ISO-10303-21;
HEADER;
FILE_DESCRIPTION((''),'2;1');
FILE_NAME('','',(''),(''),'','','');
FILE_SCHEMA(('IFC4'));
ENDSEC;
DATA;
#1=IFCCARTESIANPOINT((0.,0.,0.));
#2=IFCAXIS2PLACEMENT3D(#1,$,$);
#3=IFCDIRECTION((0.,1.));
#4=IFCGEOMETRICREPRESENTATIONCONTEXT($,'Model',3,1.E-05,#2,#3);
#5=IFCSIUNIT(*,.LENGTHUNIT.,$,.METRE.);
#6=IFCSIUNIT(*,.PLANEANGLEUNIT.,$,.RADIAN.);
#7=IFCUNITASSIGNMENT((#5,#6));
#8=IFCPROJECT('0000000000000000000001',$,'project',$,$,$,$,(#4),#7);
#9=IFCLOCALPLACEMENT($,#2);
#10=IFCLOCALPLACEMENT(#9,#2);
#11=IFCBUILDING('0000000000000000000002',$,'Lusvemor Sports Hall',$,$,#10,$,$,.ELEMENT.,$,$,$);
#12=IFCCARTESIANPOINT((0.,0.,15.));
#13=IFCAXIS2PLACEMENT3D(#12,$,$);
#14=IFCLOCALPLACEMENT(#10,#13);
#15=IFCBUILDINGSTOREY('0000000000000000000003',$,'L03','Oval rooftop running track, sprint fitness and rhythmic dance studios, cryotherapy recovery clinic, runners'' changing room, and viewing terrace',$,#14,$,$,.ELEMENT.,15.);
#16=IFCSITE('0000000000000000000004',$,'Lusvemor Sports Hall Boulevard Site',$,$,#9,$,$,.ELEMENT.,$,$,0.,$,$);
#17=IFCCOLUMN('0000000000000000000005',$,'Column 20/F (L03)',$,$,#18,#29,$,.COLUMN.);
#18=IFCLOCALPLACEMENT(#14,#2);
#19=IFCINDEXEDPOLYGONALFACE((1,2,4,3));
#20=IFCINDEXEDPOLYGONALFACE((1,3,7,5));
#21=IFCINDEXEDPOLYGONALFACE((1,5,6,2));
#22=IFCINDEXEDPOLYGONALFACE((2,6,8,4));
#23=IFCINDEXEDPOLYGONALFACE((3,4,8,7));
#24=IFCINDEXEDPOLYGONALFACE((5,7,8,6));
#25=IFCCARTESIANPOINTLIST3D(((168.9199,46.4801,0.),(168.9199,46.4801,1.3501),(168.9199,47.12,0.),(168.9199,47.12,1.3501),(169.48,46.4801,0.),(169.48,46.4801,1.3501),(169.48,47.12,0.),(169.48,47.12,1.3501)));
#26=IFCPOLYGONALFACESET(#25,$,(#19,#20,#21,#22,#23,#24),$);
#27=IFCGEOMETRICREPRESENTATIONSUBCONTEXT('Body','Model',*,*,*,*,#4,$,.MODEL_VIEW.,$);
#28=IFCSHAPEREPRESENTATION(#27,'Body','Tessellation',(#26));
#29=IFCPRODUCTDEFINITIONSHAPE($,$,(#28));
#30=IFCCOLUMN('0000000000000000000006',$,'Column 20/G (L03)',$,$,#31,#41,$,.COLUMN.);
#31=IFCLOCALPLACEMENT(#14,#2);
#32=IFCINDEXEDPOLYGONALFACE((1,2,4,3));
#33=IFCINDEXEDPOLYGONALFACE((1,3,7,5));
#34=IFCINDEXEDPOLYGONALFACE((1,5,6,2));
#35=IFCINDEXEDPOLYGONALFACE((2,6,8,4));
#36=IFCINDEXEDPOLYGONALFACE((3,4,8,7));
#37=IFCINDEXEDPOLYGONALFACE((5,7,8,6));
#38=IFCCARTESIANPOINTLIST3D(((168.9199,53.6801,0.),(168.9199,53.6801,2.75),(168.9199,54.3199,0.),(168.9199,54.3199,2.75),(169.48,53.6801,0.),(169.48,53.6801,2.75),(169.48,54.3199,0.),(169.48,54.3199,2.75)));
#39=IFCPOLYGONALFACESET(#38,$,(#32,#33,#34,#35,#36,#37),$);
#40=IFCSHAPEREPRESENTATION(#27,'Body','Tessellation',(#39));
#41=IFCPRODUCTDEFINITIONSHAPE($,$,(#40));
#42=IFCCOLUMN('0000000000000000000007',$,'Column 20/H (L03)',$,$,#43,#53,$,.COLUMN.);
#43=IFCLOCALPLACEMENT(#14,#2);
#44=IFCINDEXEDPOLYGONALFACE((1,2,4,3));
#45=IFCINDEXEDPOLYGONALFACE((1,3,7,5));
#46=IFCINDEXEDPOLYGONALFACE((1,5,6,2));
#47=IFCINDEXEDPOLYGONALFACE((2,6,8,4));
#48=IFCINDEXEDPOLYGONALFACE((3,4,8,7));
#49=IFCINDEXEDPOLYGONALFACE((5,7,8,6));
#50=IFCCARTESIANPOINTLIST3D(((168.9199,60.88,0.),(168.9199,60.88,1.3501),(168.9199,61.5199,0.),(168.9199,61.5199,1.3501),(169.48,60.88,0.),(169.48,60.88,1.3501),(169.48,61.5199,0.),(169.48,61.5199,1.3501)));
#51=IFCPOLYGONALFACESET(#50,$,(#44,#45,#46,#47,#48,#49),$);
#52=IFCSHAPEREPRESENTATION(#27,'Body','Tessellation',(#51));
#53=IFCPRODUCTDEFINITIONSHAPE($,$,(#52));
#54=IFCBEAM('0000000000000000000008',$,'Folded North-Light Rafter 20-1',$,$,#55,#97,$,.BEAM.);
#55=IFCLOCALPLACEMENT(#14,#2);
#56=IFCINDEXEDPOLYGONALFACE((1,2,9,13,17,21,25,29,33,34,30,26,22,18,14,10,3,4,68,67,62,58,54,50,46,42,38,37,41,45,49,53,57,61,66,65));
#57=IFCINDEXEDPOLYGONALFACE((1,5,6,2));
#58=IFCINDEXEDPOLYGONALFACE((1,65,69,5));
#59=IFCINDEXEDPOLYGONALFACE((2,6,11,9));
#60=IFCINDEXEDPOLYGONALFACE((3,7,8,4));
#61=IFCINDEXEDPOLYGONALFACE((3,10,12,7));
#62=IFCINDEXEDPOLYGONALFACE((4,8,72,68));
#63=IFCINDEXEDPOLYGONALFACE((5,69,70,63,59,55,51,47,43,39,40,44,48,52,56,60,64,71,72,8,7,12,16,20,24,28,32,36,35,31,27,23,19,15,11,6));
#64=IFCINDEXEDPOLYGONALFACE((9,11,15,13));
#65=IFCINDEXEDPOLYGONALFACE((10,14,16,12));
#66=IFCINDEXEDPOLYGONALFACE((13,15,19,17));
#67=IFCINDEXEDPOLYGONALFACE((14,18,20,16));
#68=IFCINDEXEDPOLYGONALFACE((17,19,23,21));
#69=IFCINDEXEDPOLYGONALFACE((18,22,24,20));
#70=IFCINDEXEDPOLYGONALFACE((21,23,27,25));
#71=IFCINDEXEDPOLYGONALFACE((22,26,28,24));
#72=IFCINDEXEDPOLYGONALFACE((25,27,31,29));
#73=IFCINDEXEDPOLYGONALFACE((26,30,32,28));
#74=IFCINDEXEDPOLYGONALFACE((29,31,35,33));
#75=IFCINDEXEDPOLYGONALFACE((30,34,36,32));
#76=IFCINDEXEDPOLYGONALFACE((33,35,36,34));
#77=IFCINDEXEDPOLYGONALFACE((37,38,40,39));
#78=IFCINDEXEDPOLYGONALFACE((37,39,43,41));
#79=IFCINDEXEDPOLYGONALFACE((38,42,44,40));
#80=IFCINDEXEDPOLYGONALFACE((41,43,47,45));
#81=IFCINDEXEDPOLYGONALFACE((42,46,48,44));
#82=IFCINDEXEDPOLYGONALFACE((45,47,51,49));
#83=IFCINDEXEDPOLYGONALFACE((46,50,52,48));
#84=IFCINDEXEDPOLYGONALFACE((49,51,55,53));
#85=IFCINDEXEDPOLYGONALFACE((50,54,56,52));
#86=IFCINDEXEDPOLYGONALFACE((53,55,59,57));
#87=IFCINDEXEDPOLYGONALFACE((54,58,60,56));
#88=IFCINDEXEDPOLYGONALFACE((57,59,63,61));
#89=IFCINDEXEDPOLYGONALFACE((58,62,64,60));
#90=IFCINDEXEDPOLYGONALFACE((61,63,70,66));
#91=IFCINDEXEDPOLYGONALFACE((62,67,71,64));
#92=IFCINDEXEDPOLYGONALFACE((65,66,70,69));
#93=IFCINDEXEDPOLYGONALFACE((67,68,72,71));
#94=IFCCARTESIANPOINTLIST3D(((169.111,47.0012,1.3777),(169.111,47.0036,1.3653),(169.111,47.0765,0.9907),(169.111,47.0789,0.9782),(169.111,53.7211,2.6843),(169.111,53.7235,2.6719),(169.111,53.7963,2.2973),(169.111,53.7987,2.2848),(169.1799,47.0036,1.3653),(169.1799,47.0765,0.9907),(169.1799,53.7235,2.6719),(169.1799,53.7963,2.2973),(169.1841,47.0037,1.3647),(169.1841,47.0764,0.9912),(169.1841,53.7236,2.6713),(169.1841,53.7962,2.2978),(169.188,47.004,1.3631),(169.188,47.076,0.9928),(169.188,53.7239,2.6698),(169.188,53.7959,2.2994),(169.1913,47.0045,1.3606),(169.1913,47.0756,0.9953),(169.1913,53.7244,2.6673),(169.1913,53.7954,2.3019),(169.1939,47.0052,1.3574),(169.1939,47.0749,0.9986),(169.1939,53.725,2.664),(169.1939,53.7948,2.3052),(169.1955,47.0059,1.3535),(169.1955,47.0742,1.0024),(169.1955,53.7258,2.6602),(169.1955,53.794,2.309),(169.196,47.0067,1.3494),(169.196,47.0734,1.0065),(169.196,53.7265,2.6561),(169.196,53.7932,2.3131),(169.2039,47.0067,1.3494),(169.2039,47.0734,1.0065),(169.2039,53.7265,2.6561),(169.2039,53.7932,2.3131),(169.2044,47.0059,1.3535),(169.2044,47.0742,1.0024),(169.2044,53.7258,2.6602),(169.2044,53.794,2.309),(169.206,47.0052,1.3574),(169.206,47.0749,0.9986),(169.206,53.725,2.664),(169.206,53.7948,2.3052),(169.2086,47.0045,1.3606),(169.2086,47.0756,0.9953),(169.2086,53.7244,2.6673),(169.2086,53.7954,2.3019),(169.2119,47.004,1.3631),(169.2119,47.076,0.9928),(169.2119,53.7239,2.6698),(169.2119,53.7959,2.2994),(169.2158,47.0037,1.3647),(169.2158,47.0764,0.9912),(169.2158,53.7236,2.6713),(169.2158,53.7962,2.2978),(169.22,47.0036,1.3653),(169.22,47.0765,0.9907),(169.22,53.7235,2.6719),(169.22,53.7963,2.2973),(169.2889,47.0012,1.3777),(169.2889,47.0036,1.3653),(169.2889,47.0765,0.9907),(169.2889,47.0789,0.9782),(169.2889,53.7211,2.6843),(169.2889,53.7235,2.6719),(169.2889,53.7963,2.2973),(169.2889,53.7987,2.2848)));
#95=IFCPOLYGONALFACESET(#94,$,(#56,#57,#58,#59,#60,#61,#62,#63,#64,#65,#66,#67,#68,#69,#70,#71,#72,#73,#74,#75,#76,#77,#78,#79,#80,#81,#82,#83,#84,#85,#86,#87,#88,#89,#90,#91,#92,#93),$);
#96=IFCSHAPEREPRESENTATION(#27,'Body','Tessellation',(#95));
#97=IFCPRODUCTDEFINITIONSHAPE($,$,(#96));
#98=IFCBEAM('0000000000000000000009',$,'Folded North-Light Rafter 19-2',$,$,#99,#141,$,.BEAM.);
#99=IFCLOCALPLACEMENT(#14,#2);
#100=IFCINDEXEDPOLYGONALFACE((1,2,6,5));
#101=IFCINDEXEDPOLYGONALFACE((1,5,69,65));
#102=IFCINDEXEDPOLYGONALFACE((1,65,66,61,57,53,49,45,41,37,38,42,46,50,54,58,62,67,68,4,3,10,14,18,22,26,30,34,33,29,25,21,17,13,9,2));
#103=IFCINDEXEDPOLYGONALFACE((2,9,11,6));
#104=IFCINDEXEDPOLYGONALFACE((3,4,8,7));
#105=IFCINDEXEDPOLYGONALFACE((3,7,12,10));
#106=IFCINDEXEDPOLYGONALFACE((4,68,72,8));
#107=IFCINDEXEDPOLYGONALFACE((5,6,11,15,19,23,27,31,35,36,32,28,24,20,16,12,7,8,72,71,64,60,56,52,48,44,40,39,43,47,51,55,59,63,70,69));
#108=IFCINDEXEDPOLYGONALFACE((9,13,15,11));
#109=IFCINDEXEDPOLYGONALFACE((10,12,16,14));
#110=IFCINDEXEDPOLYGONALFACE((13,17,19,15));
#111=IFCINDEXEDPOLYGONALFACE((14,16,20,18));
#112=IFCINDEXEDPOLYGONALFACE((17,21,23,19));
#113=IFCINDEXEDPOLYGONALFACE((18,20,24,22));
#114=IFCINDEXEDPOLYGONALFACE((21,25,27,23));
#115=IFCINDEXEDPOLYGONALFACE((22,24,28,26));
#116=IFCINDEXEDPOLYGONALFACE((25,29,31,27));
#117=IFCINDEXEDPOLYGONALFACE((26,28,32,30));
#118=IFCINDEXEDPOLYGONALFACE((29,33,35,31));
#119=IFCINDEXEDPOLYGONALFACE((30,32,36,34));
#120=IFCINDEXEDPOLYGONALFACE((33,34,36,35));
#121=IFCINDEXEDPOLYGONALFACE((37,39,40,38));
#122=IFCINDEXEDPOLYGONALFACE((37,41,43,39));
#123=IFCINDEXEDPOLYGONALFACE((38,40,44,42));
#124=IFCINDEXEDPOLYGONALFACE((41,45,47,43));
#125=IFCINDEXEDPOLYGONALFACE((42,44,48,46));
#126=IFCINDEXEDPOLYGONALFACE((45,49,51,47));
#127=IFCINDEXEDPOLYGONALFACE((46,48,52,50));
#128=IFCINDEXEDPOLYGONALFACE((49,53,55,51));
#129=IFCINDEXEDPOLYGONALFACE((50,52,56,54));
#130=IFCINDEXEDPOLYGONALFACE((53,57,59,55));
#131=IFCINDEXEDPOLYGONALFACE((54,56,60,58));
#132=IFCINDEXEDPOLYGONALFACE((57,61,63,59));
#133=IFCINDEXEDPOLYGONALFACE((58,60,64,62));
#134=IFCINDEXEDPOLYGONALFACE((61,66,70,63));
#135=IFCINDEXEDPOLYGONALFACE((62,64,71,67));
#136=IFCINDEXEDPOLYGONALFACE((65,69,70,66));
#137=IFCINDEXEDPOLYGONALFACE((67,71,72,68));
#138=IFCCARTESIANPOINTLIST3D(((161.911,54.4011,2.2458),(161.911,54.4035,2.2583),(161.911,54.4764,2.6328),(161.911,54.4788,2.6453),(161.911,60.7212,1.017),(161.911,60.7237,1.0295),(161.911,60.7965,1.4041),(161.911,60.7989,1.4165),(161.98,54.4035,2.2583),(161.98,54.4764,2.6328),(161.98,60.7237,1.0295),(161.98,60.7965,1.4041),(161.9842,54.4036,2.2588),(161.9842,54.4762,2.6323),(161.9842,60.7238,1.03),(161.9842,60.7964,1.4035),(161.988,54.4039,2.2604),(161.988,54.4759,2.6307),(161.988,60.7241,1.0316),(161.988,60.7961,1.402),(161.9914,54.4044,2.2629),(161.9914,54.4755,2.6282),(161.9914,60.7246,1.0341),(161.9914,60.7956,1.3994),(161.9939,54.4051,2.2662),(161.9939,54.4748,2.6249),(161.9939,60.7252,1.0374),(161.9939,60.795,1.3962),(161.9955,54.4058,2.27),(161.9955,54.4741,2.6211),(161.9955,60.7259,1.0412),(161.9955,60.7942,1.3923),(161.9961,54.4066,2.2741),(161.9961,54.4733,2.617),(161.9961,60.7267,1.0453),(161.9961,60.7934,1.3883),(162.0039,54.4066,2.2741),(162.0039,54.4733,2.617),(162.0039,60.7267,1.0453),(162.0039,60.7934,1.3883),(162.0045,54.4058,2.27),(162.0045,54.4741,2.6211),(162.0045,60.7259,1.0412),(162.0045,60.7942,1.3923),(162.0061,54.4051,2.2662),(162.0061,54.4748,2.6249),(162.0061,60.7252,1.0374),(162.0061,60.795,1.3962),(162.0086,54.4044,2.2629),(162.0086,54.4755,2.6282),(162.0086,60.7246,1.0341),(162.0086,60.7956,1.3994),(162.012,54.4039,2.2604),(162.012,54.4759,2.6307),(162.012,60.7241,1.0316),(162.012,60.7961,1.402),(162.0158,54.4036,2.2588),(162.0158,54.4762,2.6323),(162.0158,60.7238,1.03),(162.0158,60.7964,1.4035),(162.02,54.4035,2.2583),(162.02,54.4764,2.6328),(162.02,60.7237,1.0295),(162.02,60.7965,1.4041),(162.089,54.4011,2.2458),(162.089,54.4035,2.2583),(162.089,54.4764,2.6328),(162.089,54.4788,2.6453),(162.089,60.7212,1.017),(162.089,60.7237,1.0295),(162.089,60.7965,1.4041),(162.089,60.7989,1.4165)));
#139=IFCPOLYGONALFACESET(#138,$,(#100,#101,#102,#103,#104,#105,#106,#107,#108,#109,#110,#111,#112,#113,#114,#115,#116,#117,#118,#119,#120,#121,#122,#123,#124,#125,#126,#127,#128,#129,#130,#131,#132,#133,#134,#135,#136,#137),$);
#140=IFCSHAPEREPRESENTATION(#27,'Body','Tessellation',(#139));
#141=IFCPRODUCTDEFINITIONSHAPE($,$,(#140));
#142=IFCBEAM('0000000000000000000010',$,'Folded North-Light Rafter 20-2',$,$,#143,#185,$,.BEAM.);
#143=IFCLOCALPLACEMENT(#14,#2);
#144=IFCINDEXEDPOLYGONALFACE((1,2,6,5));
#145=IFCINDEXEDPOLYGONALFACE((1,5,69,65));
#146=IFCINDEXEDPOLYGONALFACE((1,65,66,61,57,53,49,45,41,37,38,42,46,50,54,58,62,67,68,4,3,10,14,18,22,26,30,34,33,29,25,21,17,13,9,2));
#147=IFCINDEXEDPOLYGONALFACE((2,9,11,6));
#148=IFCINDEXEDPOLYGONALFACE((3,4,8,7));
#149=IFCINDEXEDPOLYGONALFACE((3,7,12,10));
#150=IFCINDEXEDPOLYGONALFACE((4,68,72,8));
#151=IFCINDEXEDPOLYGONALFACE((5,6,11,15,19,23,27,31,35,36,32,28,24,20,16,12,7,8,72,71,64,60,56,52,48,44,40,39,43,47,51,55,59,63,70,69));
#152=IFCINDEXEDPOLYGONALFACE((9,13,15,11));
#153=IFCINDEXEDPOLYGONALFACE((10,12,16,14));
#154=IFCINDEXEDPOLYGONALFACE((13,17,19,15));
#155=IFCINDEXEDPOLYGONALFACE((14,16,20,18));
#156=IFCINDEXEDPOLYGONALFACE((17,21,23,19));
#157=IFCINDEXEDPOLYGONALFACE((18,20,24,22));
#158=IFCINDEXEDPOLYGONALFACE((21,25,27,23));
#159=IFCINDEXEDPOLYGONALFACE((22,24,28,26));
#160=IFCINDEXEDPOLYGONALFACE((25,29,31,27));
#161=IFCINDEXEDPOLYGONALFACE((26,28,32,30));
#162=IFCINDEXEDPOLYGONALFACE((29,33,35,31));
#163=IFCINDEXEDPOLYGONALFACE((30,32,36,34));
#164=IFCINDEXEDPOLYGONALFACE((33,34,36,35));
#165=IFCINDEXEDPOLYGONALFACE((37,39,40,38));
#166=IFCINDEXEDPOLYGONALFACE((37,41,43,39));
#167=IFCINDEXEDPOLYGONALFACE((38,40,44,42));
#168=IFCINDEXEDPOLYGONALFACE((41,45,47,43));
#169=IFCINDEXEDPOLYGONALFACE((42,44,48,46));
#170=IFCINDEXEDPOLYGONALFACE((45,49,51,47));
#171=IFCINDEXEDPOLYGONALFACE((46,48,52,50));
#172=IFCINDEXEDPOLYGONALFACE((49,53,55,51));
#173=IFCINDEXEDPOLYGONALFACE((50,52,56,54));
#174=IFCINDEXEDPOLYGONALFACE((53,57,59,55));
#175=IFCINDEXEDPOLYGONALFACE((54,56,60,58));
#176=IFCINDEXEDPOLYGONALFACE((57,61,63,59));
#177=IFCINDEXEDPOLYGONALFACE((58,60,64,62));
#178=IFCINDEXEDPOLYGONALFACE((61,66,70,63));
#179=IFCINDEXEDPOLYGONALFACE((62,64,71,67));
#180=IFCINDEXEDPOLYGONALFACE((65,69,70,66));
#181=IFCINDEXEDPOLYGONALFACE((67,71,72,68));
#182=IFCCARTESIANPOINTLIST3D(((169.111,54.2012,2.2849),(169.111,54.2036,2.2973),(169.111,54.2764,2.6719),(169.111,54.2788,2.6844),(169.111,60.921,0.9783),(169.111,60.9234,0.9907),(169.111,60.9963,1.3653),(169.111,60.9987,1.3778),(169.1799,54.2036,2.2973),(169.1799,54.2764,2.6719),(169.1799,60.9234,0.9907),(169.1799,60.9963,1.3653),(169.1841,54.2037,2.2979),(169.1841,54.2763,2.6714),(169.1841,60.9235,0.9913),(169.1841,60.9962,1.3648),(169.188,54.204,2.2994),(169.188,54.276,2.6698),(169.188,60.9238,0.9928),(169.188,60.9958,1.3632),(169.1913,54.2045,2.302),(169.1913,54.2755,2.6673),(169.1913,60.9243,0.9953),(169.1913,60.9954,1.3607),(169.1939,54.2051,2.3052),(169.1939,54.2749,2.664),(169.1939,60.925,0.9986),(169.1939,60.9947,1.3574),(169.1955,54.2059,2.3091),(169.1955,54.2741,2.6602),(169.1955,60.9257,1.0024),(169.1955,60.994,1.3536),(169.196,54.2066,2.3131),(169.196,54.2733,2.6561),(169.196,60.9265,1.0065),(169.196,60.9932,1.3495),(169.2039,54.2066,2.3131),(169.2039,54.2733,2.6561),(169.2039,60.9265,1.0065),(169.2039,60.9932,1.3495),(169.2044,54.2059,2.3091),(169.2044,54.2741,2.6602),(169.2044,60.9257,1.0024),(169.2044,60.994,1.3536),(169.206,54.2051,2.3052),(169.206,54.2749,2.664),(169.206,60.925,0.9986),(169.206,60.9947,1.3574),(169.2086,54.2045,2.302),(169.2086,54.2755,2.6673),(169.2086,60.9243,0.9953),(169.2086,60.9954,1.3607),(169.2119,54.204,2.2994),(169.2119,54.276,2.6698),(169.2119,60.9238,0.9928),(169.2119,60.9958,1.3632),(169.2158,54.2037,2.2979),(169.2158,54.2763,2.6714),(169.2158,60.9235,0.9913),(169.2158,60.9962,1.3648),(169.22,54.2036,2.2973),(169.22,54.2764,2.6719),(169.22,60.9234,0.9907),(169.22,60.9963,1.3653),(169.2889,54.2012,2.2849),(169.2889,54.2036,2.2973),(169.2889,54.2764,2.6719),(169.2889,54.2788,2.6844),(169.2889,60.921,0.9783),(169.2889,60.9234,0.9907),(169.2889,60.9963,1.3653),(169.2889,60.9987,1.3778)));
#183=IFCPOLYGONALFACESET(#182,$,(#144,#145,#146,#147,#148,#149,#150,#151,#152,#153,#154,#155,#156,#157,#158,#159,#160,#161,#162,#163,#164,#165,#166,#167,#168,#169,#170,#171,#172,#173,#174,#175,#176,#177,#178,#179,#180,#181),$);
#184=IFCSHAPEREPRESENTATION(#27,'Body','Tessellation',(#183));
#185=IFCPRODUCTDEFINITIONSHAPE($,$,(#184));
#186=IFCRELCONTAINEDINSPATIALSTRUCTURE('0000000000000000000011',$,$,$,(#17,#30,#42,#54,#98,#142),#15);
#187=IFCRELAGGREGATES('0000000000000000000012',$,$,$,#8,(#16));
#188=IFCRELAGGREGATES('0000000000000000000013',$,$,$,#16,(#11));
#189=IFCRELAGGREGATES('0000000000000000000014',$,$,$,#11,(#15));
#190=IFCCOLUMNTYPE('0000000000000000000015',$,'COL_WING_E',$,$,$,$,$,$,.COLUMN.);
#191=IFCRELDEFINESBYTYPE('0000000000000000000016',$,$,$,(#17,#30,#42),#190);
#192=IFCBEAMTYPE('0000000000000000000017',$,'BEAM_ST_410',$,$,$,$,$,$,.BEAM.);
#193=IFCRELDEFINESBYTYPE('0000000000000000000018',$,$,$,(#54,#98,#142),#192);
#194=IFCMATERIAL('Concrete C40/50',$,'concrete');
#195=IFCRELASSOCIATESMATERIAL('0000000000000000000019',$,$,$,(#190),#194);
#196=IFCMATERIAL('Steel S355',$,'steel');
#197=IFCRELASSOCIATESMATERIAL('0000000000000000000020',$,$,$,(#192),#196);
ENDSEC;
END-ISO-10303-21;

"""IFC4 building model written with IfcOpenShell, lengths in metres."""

from ifc_helpers import new_model, si_unit, direction, frame, origin, origin_2d, place, context, subcontext, project, spatial, rectangle, i_section, extrude, material, material_profile, profile_set, type_object, element, save


model = new_model("IFC4")

# Units and contexts
model_context = context("Model", 3, precision=1e-05, world=origin(), true_north=direction((0.0, 1.0)))
body_context = subcontext(model_context, "Body", "Model", "MODEL_VIEW")
ifc_project = project(units=[si_unit("LENGTHUNIT", "METRE"), si_unit("PLANEANGLEUNIT", "RADIAN")], contexts=[model_context])

# Site, building, storey
site_placement = place(None, origin())
site = spatial("IfcSite", under=ifc_project, at=site_placement, Name="Lusvemor Sports Hall Boulevard Site", CompositionType="ELEMENT", RefElevation=0.0)
building_placement = place(site_placement, origin())
building = spatial("IfcBuilding", under=site, at=building_placement, Name="Lusvemor Sports Hall", CompositionType="ELEMENT")
storey_placement = place(building_placement, frame((0.0, 0.0, 15.0)))
storey = spatial("IfcBuildingStorey", under=building, at=storey_placement, Name="L03", Description="Oval rooftop running track, sprint fitness and rhythmic dance studios, cryotherapy recovery clinic, runners' changing room, and viewing terrace", CompositionType="ELEMENT", Elevation=15.0)

# Columns
ifc_material_1 = material(Name="Concrete C40/50", Category="concrete")
ifc_material_profile_1 = material_profile(ifc_material_1, rectangle(XDim=0.5601, YDim=0.6399, at=origin_2d()), Name="RC560x640")
ifc_profile_set_1 = profile_set([ifc_material_profile_1], Name="Concrete C40/50")
column_type = type_object("IfcColumnType", Name="COL_WING_E", PredefinedType="COLUMN", material=ifc_profile_set_1)
column_1_placement = place(storey_placement, frame((169.2, 46.8, 0.0), z_axis=(0.0, 0.0, 1.0), x_axis=(1.0, 0.0, 0.0)))
element("IfcColumn", 1, at=column_1_placement, inside=storey, type_object=column_type, Name="Column 20/F (L03)", PredefinedType="COLUMN", context=body_context, shape_type="SweptSolid", body=[
    extrude(rectangle(XDim=0.5601, YDim=0.6399, at=origin_2d()), origin(), (0.0, 0.0, 1.0), 1.3501),
])
column_2_placement = place(storey_placement, frame((169.2, 54.0, 0.0), z_axis=(0.0, 0.0, 1.0), x_axis=(1.0, 0.0, 0.0)))
element("IfcColumn", 2, at=column_2_placement, inside=storey, type_object=column_type, Name="Column 20/G (L03)", PredefinedType="COLUMN", context=body_context, shape_type="SweptSolid", body=[
    extrude(rectangle(XDim=0.5601, YDim=0.6399, at=origin_2d()), origin(), (0.0, 0.0, 1.0), 2.75),
])
column_3_placement = place(storey_placement, frame((169.2, 61.2, 0.0), z_axis=(0.0, 0.0, 1.0), x_axis=(1.0, 0.0, 0.0)))
element("IfcColumn", 3, at=column_3_placement, inside=storey, type_object=column_type, Name="Column 20/H (L03)", PredefinedType="COLUMN", context=body_context, shape_type="SweptSolid", body=[
    extrude(rectangle(XDim=0.5601, YDim=0.6399, at=origin_2d()), origin(), (0.0, 0.0, 1.0), 1.3501),
])

# Beams
ifc_material_2 = material(Name="Steel S355", Category="steel")
ifc_material_profile_2 = material_profile(ifc_material_2, i_section(OverallWidth=0.178, OverallDepth=0.407, WebThickness=0.0078, FlangeThickness=0.0127, FilletRadius=0.0161, at=origin_2d()), Name="W410x60.0")
ifc_profile_set_2 = profile_set([ifc_material_profile_2], Name="Steel S355")
beam_type_1 = type_object("IfcBeamType", Name="BEAM_ST_410", PredefinedType="BEAM", material=ifc_profile_set_2)
beam_1_placement = place(storey_placement, frame((169.2, 47.04, 1.178), z_axis=(0.0, 0.981616, 0.190867), x_axis=(-1.0, 0.0, 0.0)))
element("IfcBeam", 4, at=beam_1_placement, inside=storey, type_object=beam_type_1, Name="Folded North-Light Rafter 20-1", PredefinedType="BEAM", context=body_context, shape_type="SweptSolid", body=[
    extrude(i_section(OverallWidth=0.178, OverallDepth=0.407, WebThickness=0.0078, FlangeThickness=0.0127, FilletRadius=0.0161, at=origin_2d()), origin(), (0.0, 0.0, 1.0), 6.8457),
])
beam_2_placement = place(storey_placement, frame((162.0, 54.4399, 2.4456), z_axis=(0.0, 0.98162, -0.190848), x_axis=(-1.0, 0.0, 0.0)))
element("IfcBeam", 5, at=beam_2_placement, inside=storey, type_object=beam_type_1, Name="Folded North-Light Rafter 19-2", PredefinedType="BEAM", context=body_context, shape_type="SweptSolid", body=[
    extrude(i_section(OverallWidth=0.178, OverallDepth=0.407, WebThickness=0.0078, FlangeThickness=0.0127, FilletRadius=0.0161, at=origin_2d()), origin(), (0.0, 0.0, 1.0), 6.4385),
])
beam_3_placement = place(storey_placement, frame((169.2, 54.24, 2.4846), z_axis=(0.0, 0.981616, -0.190867), x_axis=(-1.0, 0.0, 0.0)))
element("IfcBeam", 6, at=beam_3_placement, inside=storey, type_object=beam_type_1, Name="Folded North-Light Rafter 20-2", PredefinedType="BEAM", context=body_context, shape_type="SweptSolid", body=[
    extrude(i_section(OverallWidth=0.178, OverallDepth=0.407, WebThickness=0.0078, FlangeThickness=0.0127, FilletRadius=0.0161, at=origin_2d()), origin(), (0.0, 0.0, 1.0), 6.8457),
])

save(model, "model.ifc")
